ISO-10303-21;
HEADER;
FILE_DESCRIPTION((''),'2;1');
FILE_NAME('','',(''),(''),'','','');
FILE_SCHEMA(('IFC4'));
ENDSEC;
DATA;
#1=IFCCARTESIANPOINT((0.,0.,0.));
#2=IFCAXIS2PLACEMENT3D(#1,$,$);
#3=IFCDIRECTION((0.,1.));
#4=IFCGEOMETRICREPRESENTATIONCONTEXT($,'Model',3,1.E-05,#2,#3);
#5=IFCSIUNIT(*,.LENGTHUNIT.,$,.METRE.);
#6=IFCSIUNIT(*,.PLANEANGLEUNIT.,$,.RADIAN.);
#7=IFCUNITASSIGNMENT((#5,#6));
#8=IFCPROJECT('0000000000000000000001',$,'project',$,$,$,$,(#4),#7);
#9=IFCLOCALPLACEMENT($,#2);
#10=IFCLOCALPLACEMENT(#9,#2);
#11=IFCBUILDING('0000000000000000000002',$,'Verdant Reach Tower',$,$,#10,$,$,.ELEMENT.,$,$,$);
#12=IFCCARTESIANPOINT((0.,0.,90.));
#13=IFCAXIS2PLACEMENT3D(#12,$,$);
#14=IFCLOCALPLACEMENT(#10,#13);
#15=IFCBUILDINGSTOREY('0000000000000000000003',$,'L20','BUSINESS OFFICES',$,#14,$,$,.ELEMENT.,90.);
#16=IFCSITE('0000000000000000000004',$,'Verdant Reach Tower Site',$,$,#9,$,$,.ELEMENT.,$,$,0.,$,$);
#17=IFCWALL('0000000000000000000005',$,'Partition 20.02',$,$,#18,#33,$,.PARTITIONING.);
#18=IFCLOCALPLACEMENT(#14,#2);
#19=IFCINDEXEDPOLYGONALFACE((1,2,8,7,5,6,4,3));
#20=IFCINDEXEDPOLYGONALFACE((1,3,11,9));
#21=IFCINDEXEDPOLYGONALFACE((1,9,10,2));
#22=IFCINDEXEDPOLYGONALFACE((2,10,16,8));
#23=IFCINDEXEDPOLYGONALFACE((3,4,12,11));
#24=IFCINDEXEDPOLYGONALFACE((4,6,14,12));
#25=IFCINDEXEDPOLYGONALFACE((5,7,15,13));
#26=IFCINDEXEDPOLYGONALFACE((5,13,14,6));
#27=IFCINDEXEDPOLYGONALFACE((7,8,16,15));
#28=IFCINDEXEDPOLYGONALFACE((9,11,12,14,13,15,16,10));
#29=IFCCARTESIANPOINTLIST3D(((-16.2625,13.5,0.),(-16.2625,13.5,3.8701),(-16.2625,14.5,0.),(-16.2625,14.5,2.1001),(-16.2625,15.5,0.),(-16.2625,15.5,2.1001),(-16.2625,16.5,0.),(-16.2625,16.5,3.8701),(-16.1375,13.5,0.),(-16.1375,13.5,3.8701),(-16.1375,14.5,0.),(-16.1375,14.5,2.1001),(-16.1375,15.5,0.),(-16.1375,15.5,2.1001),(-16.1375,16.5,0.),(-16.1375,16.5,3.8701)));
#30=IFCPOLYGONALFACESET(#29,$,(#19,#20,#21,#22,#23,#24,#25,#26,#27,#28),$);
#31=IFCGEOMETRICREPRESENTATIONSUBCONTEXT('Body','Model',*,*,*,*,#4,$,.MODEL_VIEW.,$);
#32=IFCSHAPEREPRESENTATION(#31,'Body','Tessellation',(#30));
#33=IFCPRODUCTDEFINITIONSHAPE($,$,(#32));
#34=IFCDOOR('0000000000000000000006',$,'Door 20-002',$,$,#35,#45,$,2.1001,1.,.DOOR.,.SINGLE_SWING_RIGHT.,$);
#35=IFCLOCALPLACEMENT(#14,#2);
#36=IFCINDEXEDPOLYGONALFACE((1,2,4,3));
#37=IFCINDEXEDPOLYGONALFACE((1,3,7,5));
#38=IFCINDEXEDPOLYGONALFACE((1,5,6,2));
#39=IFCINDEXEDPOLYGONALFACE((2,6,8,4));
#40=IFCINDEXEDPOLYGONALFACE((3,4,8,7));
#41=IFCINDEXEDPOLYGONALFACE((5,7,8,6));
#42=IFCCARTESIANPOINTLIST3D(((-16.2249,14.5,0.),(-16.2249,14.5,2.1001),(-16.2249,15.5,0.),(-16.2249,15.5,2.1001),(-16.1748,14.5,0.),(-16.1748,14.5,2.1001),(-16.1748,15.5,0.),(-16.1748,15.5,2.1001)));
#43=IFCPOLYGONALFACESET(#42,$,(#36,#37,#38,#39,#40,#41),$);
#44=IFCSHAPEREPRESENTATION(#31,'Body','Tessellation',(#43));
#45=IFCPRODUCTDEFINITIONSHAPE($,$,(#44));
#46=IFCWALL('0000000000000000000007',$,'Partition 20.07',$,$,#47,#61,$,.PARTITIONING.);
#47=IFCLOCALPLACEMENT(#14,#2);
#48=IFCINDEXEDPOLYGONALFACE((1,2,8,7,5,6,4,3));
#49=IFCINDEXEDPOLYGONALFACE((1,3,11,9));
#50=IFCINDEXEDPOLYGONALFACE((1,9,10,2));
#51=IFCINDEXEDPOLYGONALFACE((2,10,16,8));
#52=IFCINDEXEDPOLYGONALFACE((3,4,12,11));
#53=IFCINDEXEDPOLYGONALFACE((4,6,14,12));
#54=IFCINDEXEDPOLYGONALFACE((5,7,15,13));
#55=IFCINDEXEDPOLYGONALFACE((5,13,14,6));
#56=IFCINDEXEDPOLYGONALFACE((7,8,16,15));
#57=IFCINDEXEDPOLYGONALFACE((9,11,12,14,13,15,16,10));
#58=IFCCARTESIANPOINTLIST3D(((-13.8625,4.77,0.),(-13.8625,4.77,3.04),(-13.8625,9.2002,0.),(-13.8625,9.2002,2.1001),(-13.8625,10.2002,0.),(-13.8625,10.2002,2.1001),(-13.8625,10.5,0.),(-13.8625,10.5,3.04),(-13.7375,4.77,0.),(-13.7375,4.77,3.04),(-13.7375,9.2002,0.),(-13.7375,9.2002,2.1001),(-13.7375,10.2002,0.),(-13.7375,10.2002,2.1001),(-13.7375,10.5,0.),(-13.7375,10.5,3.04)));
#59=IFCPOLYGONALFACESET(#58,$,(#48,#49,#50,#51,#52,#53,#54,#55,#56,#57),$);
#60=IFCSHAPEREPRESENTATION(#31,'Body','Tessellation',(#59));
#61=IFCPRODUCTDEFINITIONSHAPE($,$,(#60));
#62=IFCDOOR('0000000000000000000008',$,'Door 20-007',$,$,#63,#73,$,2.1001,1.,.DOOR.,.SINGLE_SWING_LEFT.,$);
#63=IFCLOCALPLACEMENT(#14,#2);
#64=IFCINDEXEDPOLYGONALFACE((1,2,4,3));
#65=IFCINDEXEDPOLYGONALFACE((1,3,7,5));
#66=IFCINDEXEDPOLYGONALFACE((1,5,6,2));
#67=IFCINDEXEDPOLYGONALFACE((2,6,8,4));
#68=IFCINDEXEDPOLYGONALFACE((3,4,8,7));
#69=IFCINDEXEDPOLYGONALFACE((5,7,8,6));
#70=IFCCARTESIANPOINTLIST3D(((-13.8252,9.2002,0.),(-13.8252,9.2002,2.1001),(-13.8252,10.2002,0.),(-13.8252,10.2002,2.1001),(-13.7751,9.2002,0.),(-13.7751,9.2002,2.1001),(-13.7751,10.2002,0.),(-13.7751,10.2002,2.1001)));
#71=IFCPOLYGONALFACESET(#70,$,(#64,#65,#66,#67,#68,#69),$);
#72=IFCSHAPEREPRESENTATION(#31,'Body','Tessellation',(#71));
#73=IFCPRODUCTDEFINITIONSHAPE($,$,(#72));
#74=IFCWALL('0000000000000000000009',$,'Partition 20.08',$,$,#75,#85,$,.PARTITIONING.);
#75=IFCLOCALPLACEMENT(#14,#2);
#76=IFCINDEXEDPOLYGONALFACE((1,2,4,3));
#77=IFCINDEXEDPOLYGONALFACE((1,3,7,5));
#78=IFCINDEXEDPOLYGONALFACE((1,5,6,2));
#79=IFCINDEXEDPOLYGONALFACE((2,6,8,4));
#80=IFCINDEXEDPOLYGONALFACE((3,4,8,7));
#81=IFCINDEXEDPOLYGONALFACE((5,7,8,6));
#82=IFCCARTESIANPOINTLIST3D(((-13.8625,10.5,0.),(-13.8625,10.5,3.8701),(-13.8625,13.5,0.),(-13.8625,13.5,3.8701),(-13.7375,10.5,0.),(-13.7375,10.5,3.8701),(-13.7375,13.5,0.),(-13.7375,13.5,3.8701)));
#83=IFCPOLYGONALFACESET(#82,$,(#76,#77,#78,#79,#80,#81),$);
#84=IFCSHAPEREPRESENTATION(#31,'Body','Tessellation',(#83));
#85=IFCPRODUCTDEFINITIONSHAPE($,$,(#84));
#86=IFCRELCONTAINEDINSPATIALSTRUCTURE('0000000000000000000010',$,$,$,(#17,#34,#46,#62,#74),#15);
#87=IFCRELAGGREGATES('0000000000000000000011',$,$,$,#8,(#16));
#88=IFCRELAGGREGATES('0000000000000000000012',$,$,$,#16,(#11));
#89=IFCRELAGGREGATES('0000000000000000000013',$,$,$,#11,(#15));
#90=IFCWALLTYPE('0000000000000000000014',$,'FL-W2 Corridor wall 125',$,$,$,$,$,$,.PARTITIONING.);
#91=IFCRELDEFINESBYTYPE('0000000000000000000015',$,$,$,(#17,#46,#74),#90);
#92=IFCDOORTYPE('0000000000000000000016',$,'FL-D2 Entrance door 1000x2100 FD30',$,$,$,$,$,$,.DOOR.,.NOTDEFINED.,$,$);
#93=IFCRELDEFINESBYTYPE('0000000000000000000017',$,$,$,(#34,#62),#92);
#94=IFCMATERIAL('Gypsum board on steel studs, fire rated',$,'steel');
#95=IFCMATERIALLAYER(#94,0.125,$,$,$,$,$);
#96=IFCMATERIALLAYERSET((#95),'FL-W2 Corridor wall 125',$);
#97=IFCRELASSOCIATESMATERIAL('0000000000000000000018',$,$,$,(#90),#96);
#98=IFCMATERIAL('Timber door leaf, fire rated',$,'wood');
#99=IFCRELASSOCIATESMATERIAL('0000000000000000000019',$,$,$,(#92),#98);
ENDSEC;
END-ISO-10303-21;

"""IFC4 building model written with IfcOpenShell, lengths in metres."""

from ifc_helpers import new_model, si_unit, direction, frame, frame_2d, origin, place, context, subcontext, project, spatial, rectangle, extrude, material, layer, layer_set, type_object, element, fill, save


model = new_model("IFC4")

# Units and contexts
model_context = context("Model", 3, precision=1e-05, world=origin(), true_north=direction((0.0, 1.0)))
body_context = subcontext(model_context, "Body", "Model", "MODEL_VIEW")
ifc_project = project(units=[si_unit("LENGTHUNIT", "METRE"), si_unit("PLANEANGLEUNIT", "RADIAN")], contexts=[model_context])

# Site, building, storey
site_placement = place(None, origin())
site = spatial("IfcSite", under=ifc_project, at=site_placement, Name="Verdant Reach Tower Site", CompositionType="ELEMENT", RefElevation=0.0)
building_placement = place(site_placement, origin())
building = spatial("IfcBuilding", under=site, at=building_placement, Name="Verdant Reach Tower", CompositionType="ELEMENT")
storey_placement = place(building_placement, frame((0.0, 0.0, 90.0)))
storey = spatial("IfcBuildingStorey", under=building, at=storey_placement, Name="L20", Description="BUSINESS OFFICES", CompositionType="ELEMENT", Elevation=90.0)

# Walls, openings, doors
ifc_material_1 = material(Name="Gypsum board on steel studs, fire rated", Category="steel")
ifc_layer_1 = layer(ifc_material_1, 0.125)
ifc_layer_set_1 = layer_set([ifc_layer_1], Name="FL-W2 Corridor wall 125")
wall_type_1 = type_object("IfcWallType", Name="FL-W2 Corridor wall 125", PredefinedType="PARTITIONING", material=ifc_layer_set_1)
ifc_material_2 = material(Name="Timber door leaf, fire rated", Category="wood")
door_type_1 = type_object("IfcDoorType", Name="FL-D2 Entrance door 1000x2100 FD30", OperationType="NOTDEFINED", PredefinedType="DOOR", material=ifc_material_2)
wall_1_placement = place(storey_placement, frame((-16.2, 13.5, 0.0), z_axis=(0.0, 0.0, 1.0), x_axis=(0.0, 1.0, 0.0)))
wall_1 = element("IfcWall", 1, at=wall_1_placement, inside=storey, type_object=wall_type_1, Name="Partition 20.02", PredefinedType="PARTITIONING", context=body_context, shape_type="SweptSolid", body=[
    extrude(rectangle(XDim=3.0, YDim=0.125, at=frame_2d((1.5, 0.0))), origin(), (0.0, 0.0, 1.0), 3.8701),
])
opening_1_placement = place(wall_1_placement, frame((1.0, 0.0, 0.0)))
opening_1 = element("IfcOpeningElement", 2, at=opening_1_placement, cuts=wall_1, PredefinedType="OPENING", context=body_context, shape_type="SweptSolid", body=[
    extrude(rectangle(XDim=1.0, YDim=2.1001, at=frame_2d((0.5, 1.05))), frame((0.0, 0.0725, 0.0), z_axis=(0.0, -1.0, 0.0), x_axis=(1.0, 0.0, 0.0)), (0.0, 0.0, 1.0), 0.145),
])
door_1_placement = place(opening_1_placement, origin())
door_1 = element("IfcDoor", 3, at=door_1_placement, inside=storey, type_object=door_type_1, Name="Door 20-002", OperationType="SINGLE_SWING_RIGHT", OverallHeight=2.1001, OverallWidth=1.0, PredefinedType="DOOR", context=body_context, shape_type="SweptSolid", body=[
    extrude(rectangle(XDim=1.0, YDim=2.1001, at=frame_2d((0.5, 1.05))), frame((0.0, 0.0249, 0.0), z_axis=(0.0, -1.0, 0.0), x_axis=(1.0, 0.0, 0.0)), (0.0, 0.0, 1.0), 0.05),
])
fill(opening_1, door_1)
wall_2_placement = place(storey_placement, frame((-13.8, 10.5, 0.0), z_axis=(0.0, 0.0, 1.0), x_axis=(0.0, -1.0, 0.0)))
wall_2 = element("IfcWall", 4, at=wall_2_placement, inside=storey, type_object=wall_type_1, Name="Partition 20.07", PredefinedType="PARTITIONING", context=body_context, shape_type="SweptSolid", body=[
    extrude(rectangle(XDim=5.73, YDim=0.125, at=frame_2d((2.865, 0.0))), origin(), (0.0, 0.0, 1.0), 3.04),
])
opening_2_placement = place(wall_2_placement, frame((0.2998, 0.0, 0.0)))
opening_2 = element("IfcOpeningElement", 5, at=opening_2_placement, cuts=wall_2, PredefinedType="OPENING", context=body_context, shape_type="SweptSolid", body=[
    extrude(rectangle(XDim=1.0, YDim=2.1001, at=frame_2d((0.5, 1.05))), frame((0.0, 0.0725, 0.0), z_axis=(0.0, -1.0, 0.0), x_axis=(1.0, 0.0, 0.0)), (0.0, 0.0, 1.0), 0.145),
])
door_2_placement = place(opening_2_placement, origin())
door_2 = element("IfcDoor", 6, at=door_2_placement, inside=storey, type_object=door_type_1, Name="Door 20-007", OperationType="SINGLE_SWING_LEFT", OverallHeight=2.1001, OverallWidth=1.0, PredefinedType="DOOR", context=body_context, shape_type="SweptSolid", body=[
    extrude(rectangle(XDim=1.0, YDim=2.1001, at=frame_2d((0.5, 1.05))), frame((0.0, 0.0249, 0.0), z_axis=(0.0, -1.0, 0.0), x_axis=(1.0, 0.0, 0.0)), (0.0, 0.0, 1.0), 0.05),
])
fill(opening_2, door_2)

# Wall
wall_3_placement = place(storey_placement, frame((-13.8, 10.5, 0.0), z_axis=(0.0, 0.0, 1.0), x_axis=(0.0, 1.0, 0.0)))
element("IfcWall", 7, at=wall_3_placement, inside=storey, type_object=wall_type_1, Name="Partition 20.08", PredefinedType="PARTITIONING", context=body_context, shape_type="SweptSolid", body=[
    extrude(rectangle(XDim=3.0, YDim=0.125, at=frame_2d((1.5, 0.0))), origin(), (0.0, 0.0, 1.0), 3.8701),
])

save(model, "model.ifc")
